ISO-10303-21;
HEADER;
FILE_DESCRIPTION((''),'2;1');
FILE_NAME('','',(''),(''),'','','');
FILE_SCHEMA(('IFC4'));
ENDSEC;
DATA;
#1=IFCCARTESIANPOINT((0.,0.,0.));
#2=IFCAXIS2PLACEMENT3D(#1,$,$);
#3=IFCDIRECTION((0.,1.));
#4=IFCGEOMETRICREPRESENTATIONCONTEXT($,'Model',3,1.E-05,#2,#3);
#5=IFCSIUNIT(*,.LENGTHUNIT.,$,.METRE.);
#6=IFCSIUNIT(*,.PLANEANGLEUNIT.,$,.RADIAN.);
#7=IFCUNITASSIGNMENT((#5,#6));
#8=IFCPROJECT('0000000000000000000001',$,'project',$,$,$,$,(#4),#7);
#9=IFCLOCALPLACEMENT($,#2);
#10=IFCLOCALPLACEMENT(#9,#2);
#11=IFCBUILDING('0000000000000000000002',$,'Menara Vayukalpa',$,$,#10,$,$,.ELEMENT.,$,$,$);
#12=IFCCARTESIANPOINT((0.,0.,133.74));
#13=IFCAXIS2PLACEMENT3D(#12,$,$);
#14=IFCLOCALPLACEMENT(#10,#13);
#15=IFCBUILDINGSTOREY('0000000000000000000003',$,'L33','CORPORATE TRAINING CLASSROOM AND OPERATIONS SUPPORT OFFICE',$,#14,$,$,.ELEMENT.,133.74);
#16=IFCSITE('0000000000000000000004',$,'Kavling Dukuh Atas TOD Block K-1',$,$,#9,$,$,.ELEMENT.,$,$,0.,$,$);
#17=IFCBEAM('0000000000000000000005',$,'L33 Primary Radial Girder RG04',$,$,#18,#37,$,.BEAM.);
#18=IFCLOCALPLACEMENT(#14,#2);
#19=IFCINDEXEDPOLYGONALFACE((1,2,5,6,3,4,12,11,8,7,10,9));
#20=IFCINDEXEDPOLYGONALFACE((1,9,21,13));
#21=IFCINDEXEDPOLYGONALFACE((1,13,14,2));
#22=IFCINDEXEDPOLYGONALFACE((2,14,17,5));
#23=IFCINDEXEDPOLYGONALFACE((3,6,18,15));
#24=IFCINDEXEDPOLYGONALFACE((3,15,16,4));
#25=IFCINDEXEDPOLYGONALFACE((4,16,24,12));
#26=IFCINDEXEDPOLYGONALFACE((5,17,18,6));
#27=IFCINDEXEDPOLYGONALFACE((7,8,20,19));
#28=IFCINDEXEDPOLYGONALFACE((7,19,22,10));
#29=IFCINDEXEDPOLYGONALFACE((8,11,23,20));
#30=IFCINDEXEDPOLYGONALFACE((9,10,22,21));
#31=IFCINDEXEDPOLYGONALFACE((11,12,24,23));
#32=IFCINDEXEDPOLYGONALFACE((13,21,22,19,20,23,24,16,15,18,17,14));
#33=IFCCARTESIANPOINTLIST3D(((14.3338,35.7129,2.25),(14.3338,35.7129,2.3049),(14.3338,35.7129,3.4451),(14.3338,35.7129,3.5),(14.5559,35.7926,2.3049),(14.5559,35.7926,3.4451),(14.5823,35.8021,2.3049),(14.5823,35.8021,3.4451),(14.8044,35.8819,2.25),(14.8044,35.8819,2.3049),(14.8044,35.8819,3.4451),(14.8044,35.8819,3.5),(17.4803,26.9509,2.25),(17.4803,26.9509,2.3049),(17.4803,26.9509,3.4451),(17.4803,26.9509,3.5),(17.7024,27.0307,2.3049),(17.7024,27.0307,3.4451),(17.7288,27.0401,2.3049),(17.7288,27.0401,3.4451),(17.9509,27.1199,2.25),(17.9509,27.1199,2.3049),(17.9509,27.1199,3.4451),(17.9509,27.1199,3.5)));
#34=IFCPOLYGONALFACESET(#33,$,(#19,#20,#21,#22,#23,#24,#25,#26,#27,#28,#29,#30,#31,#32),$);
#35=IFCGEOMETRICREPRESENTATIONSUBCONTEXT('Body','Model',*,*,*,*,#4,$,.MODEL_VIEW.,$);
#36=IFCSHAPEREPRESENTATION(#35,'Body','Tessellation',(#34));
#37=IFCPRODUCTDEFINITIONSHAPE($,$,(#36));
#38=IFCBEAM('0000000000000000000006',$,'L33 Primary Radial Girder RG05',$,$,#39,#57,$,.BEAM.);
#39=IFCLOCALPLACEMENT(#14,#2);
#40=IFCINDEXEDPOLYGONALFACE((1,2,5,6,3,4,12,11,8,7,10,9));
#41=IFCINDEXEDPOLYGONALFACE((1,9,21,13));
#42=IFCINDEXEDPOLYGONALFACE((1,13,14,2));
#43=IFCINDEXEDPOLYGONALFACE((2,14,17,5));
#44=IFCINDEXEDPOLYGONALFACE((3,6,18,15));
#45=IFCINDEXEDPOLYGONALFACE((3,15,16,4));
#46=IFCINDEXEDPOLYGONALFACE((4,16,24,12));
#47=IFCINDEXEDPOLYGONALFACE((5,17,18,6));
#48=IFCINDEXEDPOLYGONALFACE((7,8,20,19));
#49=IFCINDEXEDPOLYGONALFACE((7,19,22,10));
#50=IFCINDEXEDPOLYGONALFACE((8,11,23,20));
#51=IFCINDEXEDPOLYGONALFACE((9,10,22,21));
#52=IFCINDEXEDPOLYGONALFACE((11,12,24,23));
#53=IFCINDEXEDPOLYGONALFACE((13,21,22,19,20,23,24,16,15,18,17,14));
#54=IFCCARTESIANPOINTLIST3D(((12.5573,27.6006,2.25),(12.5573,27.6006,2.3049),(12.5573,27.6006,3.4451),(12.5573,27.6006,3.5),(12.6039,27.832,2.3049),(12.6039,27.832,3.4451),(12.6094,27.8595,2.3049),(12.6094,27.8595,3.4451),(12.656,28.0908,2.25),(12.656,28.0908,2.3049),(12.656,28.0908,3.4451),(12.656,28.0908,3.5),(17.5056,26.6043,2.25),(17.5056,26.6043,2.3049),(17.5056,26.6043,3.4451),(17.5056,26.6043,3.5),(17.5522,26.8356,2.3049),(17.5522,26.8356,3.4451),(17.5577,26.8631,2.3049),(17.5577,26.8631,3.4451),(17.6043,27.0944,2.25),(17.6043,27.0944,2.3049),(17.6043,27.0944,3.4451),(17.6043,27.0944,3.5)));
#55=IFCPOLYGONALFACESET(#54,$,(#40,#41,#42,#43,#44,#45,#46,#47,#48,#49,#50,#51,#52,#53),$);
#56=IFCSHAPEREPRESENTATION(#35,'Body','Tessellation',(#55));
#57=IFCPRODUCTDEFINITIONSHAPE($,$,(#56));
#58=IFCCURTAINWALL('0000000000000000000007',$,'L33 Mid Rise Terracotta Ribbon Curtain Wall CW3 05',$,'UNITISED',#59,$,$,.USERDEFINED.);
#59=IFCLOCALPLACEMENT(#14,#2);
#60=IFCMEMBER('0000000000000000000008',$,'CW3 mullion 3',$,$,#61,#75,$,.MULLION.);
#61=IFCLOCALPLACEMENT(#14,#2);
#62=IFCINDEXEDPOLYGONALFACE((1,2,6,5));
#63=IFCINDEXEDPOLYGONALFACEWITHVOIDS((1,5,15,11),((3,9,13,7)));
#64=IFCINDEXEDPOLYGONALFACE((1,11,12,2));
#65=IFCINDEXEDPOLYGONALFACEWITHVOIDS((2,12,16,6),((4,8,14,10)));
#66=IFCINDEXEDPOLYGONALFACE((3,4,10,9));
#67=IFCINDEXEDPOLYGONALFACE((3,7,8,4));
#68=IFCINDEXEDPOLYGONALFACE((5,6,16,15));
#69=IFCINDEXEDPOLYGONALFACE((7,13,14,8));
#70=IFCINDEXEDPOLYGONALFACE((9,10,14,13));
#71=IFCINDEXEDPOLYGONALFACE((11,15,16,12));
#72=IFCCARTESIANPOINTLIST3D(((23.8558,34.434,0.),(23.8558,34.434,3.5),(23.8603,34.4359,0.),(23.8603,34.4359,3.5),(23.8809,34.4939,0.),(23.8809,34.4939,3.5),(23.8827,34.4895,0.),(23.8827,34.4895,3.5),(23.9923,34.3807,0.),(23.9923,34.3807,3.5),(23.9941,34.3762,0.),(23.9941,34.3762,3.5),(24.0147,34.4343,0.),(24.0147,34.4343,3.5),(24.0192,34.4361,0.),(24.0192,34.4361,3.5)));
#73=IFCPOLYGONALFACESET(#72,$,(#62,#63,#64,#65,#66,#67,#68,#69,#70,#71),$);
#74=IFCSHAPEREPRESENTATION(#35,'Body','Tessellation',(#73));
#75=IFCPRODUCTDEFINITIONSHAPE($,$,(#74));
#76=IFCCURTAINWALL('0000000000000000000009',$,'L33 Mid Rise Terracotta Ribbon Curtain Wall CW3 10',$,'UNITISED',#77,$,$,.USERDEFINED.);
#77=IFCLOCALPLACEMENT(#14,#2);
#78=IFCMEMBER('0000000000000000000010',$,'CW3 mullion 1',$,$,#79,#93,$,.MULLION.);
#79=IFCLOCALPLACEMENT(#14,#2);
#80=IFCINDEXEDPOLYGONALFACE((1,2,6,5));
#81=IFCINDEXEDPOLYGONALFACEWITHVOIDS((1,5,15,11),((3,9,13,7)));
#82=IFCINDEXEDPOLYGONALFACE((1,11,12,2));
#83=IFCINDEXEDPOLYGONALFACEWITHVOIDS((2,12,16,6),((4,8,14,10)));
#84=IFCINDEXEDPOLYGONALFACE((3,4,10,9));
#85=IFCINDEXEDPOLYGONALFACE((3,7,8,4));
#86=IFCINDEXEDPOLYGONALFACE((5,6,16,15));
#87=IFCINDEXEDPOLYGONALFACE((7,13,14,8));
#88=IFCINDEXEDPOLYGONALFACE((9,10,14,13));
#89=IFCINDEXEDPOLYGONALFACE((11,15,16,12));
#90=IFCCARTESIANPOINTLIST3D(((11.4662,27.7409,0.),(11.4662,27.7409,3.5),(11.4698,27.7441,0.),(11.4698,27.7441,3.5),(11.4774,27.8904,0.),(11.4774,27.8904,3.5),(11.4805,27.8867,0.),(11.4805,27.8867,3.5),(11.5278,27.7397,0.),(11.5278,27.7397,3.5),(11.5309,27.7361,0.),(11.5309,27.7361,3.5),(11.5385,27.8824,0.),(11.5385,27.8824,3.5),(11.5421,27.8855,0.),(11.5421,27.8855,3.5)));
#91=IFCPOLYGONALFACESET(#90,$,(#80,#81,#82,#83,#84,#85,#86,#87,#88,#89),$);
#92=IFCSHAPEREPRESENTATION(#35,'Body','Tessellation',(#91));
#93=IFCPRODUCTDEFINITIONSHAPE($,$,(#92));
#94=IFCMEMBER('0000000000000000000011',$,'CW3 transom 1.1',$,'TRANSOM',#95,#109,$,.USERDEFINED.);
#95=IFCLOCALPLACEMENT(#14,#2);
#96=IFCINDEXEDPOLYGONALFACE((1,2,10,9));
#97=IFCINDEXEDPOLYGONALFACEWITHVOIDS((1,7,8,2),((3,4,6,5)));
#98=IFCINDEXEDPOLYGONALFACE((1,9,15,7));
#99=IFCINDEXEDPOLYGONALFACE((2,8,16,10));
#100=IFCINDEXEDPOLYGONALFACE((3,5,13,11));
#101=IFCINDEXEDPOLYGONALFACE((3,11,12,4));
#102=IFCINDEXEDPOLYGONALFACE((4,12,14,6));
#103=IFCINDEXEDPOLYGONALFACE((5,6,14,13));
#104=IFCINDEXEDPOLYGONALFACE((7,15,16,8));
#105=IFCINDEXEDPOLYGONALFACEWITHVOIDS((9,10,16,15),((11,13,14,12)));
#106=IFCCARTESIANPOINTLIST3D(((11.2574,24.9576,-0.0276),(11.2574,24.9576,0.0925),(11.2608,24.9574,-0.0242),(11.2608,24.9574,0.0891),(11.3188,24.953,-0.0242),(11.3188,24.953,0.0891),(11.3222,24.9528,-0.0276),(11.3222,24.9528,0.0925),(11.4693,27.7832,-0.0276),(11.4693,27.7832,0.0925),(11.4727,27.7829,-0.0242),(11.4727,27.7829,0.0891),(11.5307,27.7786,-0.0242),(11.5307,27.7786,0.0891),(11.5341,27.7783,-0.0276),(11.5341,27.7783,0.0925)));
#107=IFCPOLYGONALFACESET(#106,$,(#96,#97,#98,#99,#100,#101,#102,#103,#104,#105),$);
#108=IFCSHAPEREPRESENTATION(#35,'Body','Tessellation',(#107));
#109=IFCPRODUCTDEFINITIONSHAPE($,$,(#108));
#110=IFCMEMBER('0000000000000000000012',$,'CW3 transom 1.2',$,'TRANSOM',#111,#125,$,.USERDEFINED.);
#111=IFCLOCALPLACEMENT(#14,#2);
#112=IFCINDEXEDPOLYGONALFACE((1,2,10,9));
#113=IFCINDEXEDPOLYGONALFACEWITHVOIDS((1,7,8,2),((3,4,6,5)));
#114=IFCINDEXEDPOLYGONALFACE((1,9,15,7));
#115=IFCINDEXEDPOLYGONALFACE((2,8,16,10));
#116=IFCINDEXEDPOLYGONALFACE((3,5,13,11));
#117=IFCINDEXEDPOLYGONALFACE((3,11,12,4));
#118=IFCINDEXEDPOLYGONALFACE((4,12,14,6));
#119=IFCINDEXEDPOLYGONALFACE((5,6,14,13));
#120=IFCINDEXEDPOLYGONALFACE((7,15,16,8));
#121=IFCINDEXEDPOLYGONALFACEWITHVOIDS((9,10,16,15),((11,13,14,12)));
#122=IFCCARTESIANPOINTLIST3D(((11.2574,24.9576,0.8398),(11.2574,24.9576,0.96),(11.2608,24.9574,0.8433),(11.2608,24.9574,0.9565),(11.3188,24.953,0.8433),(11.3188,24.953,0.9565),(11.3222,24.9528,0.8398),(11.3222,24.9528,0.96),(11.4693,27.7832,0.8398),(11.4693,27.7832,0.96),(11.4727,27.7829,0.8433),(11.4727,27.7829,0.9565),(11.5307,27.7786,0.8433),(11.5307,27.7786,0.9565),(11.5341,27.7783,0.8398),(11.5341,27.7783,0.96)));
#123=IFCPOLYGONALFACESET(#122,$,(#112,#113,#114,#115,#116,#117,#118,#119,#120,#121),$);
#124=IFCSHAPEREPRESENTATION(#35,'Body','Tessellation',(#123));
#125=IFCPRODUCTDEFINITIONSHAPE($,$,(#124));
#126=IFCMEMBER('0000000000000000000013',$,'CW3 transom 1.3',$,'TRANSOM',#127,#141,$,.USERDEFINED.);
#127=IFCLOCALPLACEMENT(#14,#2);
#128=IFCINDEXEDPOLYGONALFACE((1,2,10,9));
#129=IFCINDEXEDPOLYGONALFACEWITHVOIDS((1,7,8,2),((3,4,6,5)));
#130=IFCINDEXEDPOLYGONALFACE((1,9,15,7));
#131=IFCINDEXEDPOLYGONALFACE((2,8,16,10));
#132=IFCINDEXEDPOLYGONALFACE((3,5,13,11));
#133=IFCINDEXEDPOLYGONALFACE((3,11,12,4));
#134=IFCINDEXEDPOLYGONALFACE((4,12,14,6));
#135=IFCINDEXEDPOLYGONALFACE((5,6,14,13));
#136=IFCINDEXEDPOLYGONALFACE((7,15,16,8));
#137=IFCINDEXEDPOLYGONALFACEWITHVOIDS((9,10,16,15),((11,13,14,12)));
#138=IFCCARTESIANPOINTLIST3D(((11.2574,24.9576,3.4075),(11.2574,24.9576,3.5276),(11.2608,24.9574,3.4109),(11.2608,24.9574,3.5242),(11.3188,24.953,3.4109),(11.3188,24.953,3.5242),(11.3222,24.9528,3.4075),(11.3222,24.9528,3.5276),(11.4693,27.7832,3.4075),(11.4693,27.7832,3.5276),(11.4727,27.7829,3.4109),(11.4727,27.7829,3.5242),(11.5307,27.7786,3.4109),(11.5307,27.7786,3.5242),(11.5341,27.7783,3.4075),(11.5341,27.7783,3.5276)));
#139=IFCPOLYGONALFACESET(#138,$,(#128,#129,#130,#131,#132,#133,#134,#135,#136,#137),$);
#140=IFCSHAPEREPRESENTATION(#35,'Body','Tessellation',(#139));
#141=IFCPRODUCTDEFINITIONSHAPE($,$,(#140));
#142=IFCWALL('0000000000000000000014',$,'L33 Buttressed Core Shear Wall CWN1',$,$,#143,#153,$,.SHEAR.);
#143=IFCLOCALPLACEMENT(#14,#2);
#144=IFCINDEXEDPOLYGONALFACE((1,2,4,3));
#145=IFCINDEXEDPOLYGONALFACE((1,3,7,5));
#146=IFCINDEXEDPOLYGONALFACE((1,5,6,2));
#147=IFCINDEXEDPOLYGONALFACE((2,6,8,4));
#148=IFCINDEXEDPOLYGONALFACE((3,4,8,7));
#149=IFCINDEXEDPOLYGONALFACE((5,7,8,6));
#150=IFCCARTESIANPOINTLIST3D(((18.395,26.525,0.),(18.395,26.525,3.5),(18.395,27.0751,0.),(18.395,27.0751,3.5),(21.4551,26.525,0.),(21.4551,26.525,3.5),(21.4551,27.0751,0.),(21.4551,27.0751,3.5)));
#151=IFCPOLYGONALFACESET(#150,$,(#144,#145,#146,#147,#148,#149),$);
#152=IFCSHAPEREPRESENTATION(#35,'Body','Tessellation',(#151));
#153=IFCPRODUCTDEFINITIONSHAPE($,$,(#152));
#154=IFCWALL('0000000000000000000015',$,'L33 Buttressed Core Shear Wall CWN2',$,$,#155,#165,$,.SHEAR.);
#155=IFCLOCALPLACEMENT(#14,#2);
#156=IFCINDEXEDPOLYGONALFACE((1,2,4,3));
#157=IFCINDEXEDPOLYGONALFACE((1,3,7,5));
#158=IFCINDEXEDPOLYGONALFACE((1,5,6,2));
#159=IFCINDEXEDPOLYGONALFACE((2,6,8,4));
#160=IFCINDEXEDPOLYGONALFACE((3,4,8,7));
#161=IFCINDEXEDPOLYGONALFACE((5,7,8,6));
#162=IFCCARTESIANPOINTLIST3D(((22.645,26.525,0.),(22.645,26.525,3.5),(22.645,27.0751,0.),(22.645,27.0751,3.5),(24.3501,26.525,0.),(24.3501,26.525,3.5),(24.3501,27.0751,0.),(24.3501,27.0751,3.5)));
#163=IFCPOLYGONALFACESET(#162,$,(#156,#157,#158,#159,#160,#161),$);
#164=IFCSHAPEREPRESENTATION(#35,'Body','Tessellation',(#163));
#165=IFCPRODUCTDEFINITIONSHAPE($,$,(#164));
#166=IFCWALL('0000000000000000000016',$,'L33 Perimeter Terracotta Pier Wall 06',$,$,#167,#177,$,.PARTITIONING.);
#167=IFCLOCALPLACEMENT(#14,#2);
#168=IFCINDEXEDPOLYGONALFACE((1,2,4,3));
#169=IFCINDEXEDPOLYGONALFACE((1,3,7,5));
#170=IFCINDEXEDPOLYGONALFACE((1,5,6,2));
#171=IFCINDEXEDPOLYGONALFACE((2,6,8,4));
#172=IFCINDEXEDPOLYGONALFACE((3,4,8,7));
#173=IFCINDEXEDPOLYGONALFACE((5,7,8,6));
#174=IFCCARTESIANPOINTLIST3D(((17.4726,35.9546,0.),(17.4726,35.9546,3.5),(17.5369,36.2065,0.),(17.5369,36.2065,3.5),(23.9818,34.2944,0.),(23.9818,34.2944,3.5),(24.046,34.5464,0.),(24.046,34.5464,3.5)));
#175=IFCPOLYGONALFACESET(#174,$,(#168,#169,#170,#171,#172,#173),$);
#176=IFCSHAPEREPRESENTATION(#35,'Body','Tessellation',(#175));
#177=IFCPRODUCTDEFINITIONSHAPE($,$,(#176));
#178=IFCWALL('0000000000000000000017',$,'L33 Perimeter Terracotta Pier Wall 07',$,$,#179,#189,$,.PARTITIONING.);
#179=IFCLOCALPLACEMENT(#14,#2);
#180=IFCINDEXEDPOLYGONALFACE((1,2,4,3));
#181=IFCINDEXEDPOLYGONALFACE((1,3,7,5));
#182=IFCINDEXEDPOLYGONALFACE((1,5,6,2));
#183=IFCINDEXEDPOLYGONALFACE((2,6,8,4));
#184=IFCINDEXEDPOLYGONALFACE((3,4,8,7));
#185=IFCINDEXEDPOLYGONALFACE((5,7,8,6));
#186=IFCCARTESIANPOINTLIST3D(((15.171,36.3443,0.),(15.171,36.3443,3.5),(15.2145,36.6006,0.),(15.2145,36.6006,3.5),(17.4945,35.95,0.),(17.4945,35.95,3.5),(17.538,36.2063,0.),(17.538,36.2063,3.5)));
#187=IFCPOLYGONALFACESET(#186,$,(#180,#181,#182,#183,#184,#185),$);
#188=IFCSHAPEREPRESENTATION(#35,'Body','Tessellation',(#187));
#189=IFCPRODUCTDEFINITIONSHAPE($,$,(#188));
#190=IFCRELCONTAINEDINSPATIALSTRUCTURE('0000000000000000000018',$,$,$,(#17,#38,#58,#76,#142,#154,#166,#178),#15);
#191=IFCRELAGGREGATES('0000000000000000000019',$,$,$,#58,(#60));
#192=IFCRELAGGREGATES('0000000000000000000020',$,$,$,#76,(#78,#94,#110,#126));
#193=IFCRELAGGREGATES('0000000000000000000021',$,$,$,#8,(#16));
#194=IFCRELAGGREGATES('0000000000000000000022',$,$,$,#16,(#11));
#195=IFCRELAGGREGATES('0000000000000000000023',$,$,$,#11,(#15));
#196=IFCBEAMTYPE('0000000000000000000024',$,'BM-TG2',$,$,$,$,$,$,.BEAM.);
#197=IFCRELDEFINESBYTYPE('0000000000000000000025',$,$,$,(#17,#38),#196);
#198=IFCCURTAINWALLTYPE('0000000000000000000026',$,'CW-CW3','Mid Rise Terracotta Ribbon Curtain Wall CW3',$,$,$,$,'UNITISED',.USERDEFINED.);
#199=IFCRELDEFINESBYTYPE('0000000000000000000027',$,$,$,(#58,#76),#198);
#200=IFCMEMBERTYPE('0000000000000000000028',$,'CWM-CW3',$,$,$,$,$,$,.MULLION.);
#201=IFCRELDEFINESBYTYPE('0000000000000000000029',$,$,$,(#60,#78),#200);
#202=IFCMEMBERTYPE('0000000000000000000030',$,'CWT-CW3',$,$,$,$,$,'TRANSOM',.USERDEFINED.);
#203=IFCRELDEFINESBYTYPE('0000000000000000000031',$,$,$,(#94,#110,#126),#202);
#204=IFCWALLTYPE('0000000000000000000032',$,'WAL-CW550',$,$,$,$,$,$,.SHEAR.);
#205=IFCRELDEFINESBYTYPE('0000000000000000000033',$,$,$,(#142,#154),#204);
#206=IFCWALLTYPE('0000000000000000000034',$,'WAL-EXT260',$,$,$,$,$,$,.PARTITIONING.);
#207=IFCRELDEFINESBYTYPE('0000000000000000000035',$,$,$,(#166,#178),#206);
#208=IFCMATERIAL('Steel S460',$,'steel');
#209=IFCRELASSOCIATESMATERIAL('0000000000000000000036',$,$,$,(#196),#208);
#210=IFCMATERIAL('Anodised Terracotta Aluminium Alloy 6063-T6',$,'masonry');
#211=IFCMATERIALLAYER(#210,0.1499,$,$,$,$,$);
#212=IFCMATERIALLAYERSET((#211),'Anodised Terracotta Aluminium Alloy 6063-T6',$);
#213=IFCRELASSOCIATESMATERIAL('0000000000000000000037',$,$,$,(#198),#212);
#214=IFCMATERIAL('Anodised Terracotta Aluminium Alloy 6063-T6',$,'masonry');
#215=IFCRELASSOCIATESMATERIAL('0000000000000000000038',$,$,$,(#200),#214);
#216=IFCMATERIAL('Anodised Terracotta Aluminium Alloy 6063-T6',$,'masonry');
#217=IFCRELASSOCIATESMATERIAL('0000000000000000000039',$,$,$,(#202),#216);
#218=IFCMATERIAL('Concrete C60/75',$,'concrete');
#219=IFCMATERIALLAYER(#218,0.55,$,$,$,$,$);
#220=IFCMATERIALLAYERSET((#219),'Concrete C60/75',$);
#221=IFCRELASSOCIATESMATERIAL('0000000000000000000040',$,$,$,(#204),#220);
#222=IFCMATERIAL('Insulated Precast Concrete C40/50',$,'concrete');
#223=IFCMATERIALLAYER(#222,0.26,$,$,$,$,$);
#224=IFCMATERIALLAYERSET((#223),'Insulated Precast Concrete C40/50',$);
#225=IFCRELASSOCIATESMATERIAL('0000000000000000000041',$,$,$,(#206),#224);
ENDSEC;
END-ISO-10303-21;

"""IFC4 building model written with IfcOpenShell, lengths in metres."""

from ifc_helpers import new_model, si_unit, direction, frame, frame_2d, origin, origin_2d, place, context, subcontext, project, spatial, rectangle, hollow_rectangle, i_section, extrude, material, layer, layer_set, material_profile, profile_set, type_object, element, aggregate, save


model = new_model("IFC4")

# Units and contexts
model_context = context("Model", 3, precision=1e-05, world=origin(), true_north=direction((0.0, 1.0)))
body_context = subcontext(model_context, "Body", "Model", "MODEL_VIEW")
ifc_project = project(units=[si_unit("LENGTHUNIT", "METRE"), si_unit("PLANEANGLEUNIT", "RADIAN")], contexts=[model_context])

# Site, building, storey
site_placement = place(None, origin())
site = spatial("IfcSite", under=ifc_project, at=site_placement, Name="Kavling Dukuh Atas TOD Block K-1", CompositionType="ELEMENT", RefElevation=0.0)
building_placement = place(site_placement, origin())
building = spatial("IfcBuilding", under=site, at=building_placement, Name="Menara Vayukalpa", CompositionType="ELEMENT")
storey_placement = place(building_placement, frame((0.0, 0.0, 133.74)))
storey = spatial("IfcBuildingStorey", under=building, at=storey_placement, Name="L33", Description="CORPORATE TRAINING CLASSROOM AND OPERATIONS SUPPORT OFFICE", CompositionType="ELEMENT", Elevation=133.74)

# Beams
ifc_material_1 = material(Name="Steel S460", Category="steel")
ifc_material_profile_1 = material_profile(ifc_material_1, i_section(OverallWidth=0.5, OverallDepth=1.25, WebThickness=0.0281, FlangeThickness=0.0549, at=origin_2d()), Name="WG 1250x500x28x55")
ifc_profile_set_1 = profile_set([ifc_material_profile_1], Name="Steel S460")
beam_type_1 = type_object("IfcBeamType", Name="BM-TG2", PredefinedType="BEAM", material=ifc_profile_set_1)
beam_1_placement = place(storey_placement, frame((17.7156, 27.0354, 2.875), z_axis=(-0.337976, 0.941155, 0.0), x_axis=(-0.941155, -0.337976, 0.0)))
element("IfcBeam", 1, at=beam_1_placement, inside=storey, type_object=beam_type_1, Name="L33 Primary Radial Girder RG04", PredefinedType="BEAM", context=body_context, shape_type="SweptSolid", body=[
    extrude(i_section(OverallWidth=0.5, OverallDepth=1.25, WebThickness=0.0281, FlangeThickness=0.0549, at=origin_2d()), origin(), (0.0, 0.0, 1.0), 9.3098),
])
beam_2_placement = place(storey_placement, frame((17.5549, 26.8494, 2.875), z_axis=(-0.980325, 0.19739, 0.0), x_axis=(-0.19739, -0.980325, 0.0)))
element("IfcBeam", 2, at=beam_2_placement, inside=storey, type_object=beam_type_1, Name="L33 Primary Radial Girder RG05", PredefinedType="BEAM", context=body_context, shape_type="SweptSolid", body=[
    extrude(i_section(OverallWidth=0.5, OverallDepth=1.25, WebThickness=0.0281, FlangeThickness=0.0549, at=origin_2d()), origin(), (0.0, 0.0, 1.0), 5.0476),
])

# Curtain wall, member
ifc_material_2 = material(Name="Anodised Terracotta Aluminium Alloy 6063-T6", Category="masonry")
ifc_layer_1 = layer(ifc_material_2, 0.1499)
ifc_layer_set_1 = layer_set([ifc_layer_1], Name="Anodised Terracotta Aluminium Alloy 6063-T6")
curtain_wall_type = type_object("IfcCurtainWallType", Name="CW-CW3", Description="Mid Rise Terracotta Ribbon Curtain Wall CW3", ElementType="UNITISED", PredefinedType="USERDEFINED", material=ifc_layer_set_1)
curtain_wall_1_placement = place(storey_placement, origin())
curtain_wall_1 = element("IfcCurtainWall", 3, at=curtain_wall_1_placement, inside=storey, type_object=curtain_wall_type, Name="L33 Mid Rise Terracotta Ribbon Curtain Wall CW3 05", ObjectType="UNITISED", PredefinedType="USERDEFINED")
ifc_material_3 = material(Name="Anodised Terracotta Aluminium Alloy 6063-T6", Category="masonry")
ifc_material_profile_2 = material_profile(ifc_material_3, hollow_rectangle(XDim=0.0649, YDim=0.1499, WallThickness=0.0034, at=origin_2d()), Name="ALU 65x150x3.5")
ifc_profile_set_2 = profile_set([ifc_material_profile_2], Name="Anodised Terracotta Aluminium Alloy 6063-T6")
member_type_1 = type_object("IfcMemberType", Name="CWM-CW3", PredefinedType="MULLION", material=ifc_profile_set_2)
member_1_placement = place(storey_placement, frame((23.9375, 34.4351, 0.0), z_axis=(0.0, 0.0, 1.0), x_axis=(-0.385894, -0.922543, 0.0)))
member_1 = element("IfcMember", 4, at=member_1_placement, type_object=member_type_1, Name="CW3 mullion 3", PredefinedType="MULLION", context=body_context, shape_type="SweptSolid", body=[
    extrude(hollow_rectangle(XDim=0.0649, YDim=0.1499, WallThickness=0.0034, at=origin_2d()), origin(), (0.0, 0.0, 1.0), 3.5),
])
aggregate(curtain_wall_1, [member_1])

# Curtain wall, members
curtain_wall_2_placement = place(storey_placement, origin())
curtain_wall_2 = element("IfcCurtainWall", 5, at=curtain_wall_2_placement, inside=storey, type_object=curtain_wall_type, Name="L33 Mid Rise Terracotta Ribbon Curtain Wall CW3 10", ObjectType="UNITISED", PredefinedType="USERDEFINED")
member_2_placement = place(storey_placement, frame((11.5042, 27.8132, 0.0), z_axis=(0.0, 0.0, 1.0), x_axis=(0.9972, -0.074785, 0.0)))
member_2 = element("IfcMember", 6, at=member_2_placement, type_object=member_type_1, Name="CW3 mullion 1", PredefinedType="MULLION", context=body_context, shape_type="SweptSolid", body=[
    extrude(hollow_rectangle(XDim=0.0649, YDim=0.1499, WallThickness=0.0034, at=origin_2d()), origin(), (0.0, 0.0, 1.0), 3.5),
])
ifc_material_4 = material(Name="Anodised Terracotta Aluminium Alloy 6063-T6", Category="masonry")
ifc_material_profile_3 = material_profile(ifc_material_4, hollow_rectangle(XDim=0.0649, YDim=0.1201, WallThickness=0.0034, at=origin_2d()), Name="ALU 65x120x3.5")
ifc_profile_set_3 = profile_set([ifc_material_profile_3], Name="Anodised Terracotta Aluminium Alloy 6063-T6")
member_type_2 = type_object("IfcMemberType", Name="CWT-CW3", ElementType="TRANSOM", PredefinedType="USERDEFINED", material=ifc_profile_set_3)
member_3_placement = place(storey_placement, frame((11.5017, 27.7808, 0.0325), z_axis=(-0.074792, -0.997199, 0.0), x_axis=(0.997199, -0.074792, 0.0)))
member_3 = element("IfcMember", 7, at=member_3_placement, type_object=member_type_2, Name="CW3 transom 1.1", ObjectType="TRANSOM", PredefinedType="USERDEFINED", context=body_context, shape_type="SweptSolid", body=[
    extrude(hollow_rectangle(XDim=0.0649, YDim=0.1201, WallThickness=0.0034, at=origin_2d()), origin(), (0.0, 0.0, 1.0), 2.8335),
])
member_4_placement = place(storey_placement, frame((11.5017, 27.7808, 0.8999), z_axis=(-0.074792, -0.997199, 0.0), x_axis=(0.997199, -0.074792, 0.0)))
member_4 = element("IfcMember", 8, at=member_4_placement, type_object=member_type_2, Name="CW3 transom 1.2", ObjectType="TRANSOM", PredefinedType="USERDEFINED", context=body_context, shape_type="SweptSolid", body=[
    extrude(hollow_rectangle(XDim=0.0649, YDim=0.1201, WallThickness=0.0034, at=origin_2d()), origin(), (0.0, 0.0, 1.0), 2.8335),
])
member_5_placement = place(storey_placement, frame((11.5017, 27.7808, 3.4675), z_axis=(-0.074792, -0.997199, 0.0), x_axis=(0.997199, -0.074792, 0.0)))
member_5 = element("IfcMember", 9, at=member_5_placement, type_object=member_type_2, Name="CW3 transom 1.3", ObjectType="TRANSOM", PredefinedType="USERDEFINED", context=body_context, shape_type="SweptSolid", body=[
    extrude(hollow_rectangle(XDim=0.0649, YDim=0.1201, WallThickness=0.0034, at=origin_2d()), origin(), (0.0, 0.0, 1.0), 2.8335),
])
aggregate(curtain_wall_2, [member_2, member_3, member_4, member_5])

# Walls
ifc_material_5 = material(Name="Concrete C60/75", Category="concrete")
ifc_layer_2 = layer(ifc_material_5, 0.55)
ifc_layer_set_2 = layer_set([ifc_layer_2], Name="Concrete C60/75")
wall_type_1 = type_object("IfcWallType", Name="WAL-CW550", PredefinedType="SHEAR", material=ifc_layer_set_2)
wall_1_placement = place(storey_placement, frame((18.395, 26.8, 0.0), z_axis=(0.0, 0.0, 1.0), x_axis=(1.0, 0.0, 0.0)))
element("IfcWall", 10, at=wall_1_placement, inside=storey, type_object=wall_type_1, Name="L33 Buttressed Core Shear Wall CWN1", PredefinedType="SHEAR", context=body_context, shape_type="SweptSolid", body=[
    extrude(rectangle(XDim=3.0601, YDim=0.55, at=frame_2d((1.53, 0.0))), origin(), (0.0, 0.0, 1.0), 3.5),
])
wall_2_placement = place(storey_placement, frame((22.645, 26.8, 0.0), z_axis=(0.0, 0.0, 1.0), x_axis=(1.0, 0.0, 0.0)))
element("IfcWall", 11, at=wall_2_placement, inside=storey, type_object=wall_type_1, Name="L33 Buttressed Core Shear Wall CWN2", PredefinedType="SHEAR", context=body_context, shape_type="SweptSolid", body=[
    extrude(rectangle(XDim=1.7051, YDim=0.55, at=frame_2d((0.8525, 0.0))), origin(), (0.0, 0.0, 1.0), 3.5),
])
ifc_material_6 = material(Name="Insulated Precast Concrete C40/50", Category="concrete")
ifc_layer_3 = layer(ifc_material_6, 0.26)
ifc_layer_set_3 = layer_set([ifc_layer_3], Name="Insulated Precast Concrete C40/50")
wall_type_2 = type_object("IfcWallType", Name="WAL-EXT260", PredefinedType="PARTITIONING", material=ifc_layer_set_3)
wall_3_placement = place(storey_placement, frame((17.5046, 36.0806, 0.0), z_axis=(0.0, 0.0, 1.0), x_axis=(0.968981, -0.247134, 0.0)))
element("IfcWall", 12, at=wall_3_placement, inside=storey, type_object=wall_type_2, Name="L33 Perimeter Terracotta Pier Wall 06", PredefinedType="PARTITIONING", context=body_context, shape_type="SweptSolid", body=[
    extrude(rectangle(XDim=6.7175, YDim=0.26, at=frame_2d((3.3589, 0.0))), origin(), (0.0, 0.0, 1.0), 3.5),
])
wall_4_placement = place(storey_placement, frame((15.1929, 36.4724, 0.0), z_axis=(0.0, 0.0, 1.0), x_axis=(0.985905, -0.167305, 0.0)))
element("IfcWall", 13, at=wall_4_placement, inside=storey, type_object=wall_type_2, Name="L33 Perimeter Terracotta Pier Wall 07", PredefinedType="PARTITIONING", context=body_context, shape_type="SweptSolid", body=[
    extrude(rectangle(XDim=2.3567, YDim=0.26, at=frame_2d((1.1782, 0.0))), origin(), (0.0, 0.0, 1.0), 3.5),
])

save(model, "model.ifc")
